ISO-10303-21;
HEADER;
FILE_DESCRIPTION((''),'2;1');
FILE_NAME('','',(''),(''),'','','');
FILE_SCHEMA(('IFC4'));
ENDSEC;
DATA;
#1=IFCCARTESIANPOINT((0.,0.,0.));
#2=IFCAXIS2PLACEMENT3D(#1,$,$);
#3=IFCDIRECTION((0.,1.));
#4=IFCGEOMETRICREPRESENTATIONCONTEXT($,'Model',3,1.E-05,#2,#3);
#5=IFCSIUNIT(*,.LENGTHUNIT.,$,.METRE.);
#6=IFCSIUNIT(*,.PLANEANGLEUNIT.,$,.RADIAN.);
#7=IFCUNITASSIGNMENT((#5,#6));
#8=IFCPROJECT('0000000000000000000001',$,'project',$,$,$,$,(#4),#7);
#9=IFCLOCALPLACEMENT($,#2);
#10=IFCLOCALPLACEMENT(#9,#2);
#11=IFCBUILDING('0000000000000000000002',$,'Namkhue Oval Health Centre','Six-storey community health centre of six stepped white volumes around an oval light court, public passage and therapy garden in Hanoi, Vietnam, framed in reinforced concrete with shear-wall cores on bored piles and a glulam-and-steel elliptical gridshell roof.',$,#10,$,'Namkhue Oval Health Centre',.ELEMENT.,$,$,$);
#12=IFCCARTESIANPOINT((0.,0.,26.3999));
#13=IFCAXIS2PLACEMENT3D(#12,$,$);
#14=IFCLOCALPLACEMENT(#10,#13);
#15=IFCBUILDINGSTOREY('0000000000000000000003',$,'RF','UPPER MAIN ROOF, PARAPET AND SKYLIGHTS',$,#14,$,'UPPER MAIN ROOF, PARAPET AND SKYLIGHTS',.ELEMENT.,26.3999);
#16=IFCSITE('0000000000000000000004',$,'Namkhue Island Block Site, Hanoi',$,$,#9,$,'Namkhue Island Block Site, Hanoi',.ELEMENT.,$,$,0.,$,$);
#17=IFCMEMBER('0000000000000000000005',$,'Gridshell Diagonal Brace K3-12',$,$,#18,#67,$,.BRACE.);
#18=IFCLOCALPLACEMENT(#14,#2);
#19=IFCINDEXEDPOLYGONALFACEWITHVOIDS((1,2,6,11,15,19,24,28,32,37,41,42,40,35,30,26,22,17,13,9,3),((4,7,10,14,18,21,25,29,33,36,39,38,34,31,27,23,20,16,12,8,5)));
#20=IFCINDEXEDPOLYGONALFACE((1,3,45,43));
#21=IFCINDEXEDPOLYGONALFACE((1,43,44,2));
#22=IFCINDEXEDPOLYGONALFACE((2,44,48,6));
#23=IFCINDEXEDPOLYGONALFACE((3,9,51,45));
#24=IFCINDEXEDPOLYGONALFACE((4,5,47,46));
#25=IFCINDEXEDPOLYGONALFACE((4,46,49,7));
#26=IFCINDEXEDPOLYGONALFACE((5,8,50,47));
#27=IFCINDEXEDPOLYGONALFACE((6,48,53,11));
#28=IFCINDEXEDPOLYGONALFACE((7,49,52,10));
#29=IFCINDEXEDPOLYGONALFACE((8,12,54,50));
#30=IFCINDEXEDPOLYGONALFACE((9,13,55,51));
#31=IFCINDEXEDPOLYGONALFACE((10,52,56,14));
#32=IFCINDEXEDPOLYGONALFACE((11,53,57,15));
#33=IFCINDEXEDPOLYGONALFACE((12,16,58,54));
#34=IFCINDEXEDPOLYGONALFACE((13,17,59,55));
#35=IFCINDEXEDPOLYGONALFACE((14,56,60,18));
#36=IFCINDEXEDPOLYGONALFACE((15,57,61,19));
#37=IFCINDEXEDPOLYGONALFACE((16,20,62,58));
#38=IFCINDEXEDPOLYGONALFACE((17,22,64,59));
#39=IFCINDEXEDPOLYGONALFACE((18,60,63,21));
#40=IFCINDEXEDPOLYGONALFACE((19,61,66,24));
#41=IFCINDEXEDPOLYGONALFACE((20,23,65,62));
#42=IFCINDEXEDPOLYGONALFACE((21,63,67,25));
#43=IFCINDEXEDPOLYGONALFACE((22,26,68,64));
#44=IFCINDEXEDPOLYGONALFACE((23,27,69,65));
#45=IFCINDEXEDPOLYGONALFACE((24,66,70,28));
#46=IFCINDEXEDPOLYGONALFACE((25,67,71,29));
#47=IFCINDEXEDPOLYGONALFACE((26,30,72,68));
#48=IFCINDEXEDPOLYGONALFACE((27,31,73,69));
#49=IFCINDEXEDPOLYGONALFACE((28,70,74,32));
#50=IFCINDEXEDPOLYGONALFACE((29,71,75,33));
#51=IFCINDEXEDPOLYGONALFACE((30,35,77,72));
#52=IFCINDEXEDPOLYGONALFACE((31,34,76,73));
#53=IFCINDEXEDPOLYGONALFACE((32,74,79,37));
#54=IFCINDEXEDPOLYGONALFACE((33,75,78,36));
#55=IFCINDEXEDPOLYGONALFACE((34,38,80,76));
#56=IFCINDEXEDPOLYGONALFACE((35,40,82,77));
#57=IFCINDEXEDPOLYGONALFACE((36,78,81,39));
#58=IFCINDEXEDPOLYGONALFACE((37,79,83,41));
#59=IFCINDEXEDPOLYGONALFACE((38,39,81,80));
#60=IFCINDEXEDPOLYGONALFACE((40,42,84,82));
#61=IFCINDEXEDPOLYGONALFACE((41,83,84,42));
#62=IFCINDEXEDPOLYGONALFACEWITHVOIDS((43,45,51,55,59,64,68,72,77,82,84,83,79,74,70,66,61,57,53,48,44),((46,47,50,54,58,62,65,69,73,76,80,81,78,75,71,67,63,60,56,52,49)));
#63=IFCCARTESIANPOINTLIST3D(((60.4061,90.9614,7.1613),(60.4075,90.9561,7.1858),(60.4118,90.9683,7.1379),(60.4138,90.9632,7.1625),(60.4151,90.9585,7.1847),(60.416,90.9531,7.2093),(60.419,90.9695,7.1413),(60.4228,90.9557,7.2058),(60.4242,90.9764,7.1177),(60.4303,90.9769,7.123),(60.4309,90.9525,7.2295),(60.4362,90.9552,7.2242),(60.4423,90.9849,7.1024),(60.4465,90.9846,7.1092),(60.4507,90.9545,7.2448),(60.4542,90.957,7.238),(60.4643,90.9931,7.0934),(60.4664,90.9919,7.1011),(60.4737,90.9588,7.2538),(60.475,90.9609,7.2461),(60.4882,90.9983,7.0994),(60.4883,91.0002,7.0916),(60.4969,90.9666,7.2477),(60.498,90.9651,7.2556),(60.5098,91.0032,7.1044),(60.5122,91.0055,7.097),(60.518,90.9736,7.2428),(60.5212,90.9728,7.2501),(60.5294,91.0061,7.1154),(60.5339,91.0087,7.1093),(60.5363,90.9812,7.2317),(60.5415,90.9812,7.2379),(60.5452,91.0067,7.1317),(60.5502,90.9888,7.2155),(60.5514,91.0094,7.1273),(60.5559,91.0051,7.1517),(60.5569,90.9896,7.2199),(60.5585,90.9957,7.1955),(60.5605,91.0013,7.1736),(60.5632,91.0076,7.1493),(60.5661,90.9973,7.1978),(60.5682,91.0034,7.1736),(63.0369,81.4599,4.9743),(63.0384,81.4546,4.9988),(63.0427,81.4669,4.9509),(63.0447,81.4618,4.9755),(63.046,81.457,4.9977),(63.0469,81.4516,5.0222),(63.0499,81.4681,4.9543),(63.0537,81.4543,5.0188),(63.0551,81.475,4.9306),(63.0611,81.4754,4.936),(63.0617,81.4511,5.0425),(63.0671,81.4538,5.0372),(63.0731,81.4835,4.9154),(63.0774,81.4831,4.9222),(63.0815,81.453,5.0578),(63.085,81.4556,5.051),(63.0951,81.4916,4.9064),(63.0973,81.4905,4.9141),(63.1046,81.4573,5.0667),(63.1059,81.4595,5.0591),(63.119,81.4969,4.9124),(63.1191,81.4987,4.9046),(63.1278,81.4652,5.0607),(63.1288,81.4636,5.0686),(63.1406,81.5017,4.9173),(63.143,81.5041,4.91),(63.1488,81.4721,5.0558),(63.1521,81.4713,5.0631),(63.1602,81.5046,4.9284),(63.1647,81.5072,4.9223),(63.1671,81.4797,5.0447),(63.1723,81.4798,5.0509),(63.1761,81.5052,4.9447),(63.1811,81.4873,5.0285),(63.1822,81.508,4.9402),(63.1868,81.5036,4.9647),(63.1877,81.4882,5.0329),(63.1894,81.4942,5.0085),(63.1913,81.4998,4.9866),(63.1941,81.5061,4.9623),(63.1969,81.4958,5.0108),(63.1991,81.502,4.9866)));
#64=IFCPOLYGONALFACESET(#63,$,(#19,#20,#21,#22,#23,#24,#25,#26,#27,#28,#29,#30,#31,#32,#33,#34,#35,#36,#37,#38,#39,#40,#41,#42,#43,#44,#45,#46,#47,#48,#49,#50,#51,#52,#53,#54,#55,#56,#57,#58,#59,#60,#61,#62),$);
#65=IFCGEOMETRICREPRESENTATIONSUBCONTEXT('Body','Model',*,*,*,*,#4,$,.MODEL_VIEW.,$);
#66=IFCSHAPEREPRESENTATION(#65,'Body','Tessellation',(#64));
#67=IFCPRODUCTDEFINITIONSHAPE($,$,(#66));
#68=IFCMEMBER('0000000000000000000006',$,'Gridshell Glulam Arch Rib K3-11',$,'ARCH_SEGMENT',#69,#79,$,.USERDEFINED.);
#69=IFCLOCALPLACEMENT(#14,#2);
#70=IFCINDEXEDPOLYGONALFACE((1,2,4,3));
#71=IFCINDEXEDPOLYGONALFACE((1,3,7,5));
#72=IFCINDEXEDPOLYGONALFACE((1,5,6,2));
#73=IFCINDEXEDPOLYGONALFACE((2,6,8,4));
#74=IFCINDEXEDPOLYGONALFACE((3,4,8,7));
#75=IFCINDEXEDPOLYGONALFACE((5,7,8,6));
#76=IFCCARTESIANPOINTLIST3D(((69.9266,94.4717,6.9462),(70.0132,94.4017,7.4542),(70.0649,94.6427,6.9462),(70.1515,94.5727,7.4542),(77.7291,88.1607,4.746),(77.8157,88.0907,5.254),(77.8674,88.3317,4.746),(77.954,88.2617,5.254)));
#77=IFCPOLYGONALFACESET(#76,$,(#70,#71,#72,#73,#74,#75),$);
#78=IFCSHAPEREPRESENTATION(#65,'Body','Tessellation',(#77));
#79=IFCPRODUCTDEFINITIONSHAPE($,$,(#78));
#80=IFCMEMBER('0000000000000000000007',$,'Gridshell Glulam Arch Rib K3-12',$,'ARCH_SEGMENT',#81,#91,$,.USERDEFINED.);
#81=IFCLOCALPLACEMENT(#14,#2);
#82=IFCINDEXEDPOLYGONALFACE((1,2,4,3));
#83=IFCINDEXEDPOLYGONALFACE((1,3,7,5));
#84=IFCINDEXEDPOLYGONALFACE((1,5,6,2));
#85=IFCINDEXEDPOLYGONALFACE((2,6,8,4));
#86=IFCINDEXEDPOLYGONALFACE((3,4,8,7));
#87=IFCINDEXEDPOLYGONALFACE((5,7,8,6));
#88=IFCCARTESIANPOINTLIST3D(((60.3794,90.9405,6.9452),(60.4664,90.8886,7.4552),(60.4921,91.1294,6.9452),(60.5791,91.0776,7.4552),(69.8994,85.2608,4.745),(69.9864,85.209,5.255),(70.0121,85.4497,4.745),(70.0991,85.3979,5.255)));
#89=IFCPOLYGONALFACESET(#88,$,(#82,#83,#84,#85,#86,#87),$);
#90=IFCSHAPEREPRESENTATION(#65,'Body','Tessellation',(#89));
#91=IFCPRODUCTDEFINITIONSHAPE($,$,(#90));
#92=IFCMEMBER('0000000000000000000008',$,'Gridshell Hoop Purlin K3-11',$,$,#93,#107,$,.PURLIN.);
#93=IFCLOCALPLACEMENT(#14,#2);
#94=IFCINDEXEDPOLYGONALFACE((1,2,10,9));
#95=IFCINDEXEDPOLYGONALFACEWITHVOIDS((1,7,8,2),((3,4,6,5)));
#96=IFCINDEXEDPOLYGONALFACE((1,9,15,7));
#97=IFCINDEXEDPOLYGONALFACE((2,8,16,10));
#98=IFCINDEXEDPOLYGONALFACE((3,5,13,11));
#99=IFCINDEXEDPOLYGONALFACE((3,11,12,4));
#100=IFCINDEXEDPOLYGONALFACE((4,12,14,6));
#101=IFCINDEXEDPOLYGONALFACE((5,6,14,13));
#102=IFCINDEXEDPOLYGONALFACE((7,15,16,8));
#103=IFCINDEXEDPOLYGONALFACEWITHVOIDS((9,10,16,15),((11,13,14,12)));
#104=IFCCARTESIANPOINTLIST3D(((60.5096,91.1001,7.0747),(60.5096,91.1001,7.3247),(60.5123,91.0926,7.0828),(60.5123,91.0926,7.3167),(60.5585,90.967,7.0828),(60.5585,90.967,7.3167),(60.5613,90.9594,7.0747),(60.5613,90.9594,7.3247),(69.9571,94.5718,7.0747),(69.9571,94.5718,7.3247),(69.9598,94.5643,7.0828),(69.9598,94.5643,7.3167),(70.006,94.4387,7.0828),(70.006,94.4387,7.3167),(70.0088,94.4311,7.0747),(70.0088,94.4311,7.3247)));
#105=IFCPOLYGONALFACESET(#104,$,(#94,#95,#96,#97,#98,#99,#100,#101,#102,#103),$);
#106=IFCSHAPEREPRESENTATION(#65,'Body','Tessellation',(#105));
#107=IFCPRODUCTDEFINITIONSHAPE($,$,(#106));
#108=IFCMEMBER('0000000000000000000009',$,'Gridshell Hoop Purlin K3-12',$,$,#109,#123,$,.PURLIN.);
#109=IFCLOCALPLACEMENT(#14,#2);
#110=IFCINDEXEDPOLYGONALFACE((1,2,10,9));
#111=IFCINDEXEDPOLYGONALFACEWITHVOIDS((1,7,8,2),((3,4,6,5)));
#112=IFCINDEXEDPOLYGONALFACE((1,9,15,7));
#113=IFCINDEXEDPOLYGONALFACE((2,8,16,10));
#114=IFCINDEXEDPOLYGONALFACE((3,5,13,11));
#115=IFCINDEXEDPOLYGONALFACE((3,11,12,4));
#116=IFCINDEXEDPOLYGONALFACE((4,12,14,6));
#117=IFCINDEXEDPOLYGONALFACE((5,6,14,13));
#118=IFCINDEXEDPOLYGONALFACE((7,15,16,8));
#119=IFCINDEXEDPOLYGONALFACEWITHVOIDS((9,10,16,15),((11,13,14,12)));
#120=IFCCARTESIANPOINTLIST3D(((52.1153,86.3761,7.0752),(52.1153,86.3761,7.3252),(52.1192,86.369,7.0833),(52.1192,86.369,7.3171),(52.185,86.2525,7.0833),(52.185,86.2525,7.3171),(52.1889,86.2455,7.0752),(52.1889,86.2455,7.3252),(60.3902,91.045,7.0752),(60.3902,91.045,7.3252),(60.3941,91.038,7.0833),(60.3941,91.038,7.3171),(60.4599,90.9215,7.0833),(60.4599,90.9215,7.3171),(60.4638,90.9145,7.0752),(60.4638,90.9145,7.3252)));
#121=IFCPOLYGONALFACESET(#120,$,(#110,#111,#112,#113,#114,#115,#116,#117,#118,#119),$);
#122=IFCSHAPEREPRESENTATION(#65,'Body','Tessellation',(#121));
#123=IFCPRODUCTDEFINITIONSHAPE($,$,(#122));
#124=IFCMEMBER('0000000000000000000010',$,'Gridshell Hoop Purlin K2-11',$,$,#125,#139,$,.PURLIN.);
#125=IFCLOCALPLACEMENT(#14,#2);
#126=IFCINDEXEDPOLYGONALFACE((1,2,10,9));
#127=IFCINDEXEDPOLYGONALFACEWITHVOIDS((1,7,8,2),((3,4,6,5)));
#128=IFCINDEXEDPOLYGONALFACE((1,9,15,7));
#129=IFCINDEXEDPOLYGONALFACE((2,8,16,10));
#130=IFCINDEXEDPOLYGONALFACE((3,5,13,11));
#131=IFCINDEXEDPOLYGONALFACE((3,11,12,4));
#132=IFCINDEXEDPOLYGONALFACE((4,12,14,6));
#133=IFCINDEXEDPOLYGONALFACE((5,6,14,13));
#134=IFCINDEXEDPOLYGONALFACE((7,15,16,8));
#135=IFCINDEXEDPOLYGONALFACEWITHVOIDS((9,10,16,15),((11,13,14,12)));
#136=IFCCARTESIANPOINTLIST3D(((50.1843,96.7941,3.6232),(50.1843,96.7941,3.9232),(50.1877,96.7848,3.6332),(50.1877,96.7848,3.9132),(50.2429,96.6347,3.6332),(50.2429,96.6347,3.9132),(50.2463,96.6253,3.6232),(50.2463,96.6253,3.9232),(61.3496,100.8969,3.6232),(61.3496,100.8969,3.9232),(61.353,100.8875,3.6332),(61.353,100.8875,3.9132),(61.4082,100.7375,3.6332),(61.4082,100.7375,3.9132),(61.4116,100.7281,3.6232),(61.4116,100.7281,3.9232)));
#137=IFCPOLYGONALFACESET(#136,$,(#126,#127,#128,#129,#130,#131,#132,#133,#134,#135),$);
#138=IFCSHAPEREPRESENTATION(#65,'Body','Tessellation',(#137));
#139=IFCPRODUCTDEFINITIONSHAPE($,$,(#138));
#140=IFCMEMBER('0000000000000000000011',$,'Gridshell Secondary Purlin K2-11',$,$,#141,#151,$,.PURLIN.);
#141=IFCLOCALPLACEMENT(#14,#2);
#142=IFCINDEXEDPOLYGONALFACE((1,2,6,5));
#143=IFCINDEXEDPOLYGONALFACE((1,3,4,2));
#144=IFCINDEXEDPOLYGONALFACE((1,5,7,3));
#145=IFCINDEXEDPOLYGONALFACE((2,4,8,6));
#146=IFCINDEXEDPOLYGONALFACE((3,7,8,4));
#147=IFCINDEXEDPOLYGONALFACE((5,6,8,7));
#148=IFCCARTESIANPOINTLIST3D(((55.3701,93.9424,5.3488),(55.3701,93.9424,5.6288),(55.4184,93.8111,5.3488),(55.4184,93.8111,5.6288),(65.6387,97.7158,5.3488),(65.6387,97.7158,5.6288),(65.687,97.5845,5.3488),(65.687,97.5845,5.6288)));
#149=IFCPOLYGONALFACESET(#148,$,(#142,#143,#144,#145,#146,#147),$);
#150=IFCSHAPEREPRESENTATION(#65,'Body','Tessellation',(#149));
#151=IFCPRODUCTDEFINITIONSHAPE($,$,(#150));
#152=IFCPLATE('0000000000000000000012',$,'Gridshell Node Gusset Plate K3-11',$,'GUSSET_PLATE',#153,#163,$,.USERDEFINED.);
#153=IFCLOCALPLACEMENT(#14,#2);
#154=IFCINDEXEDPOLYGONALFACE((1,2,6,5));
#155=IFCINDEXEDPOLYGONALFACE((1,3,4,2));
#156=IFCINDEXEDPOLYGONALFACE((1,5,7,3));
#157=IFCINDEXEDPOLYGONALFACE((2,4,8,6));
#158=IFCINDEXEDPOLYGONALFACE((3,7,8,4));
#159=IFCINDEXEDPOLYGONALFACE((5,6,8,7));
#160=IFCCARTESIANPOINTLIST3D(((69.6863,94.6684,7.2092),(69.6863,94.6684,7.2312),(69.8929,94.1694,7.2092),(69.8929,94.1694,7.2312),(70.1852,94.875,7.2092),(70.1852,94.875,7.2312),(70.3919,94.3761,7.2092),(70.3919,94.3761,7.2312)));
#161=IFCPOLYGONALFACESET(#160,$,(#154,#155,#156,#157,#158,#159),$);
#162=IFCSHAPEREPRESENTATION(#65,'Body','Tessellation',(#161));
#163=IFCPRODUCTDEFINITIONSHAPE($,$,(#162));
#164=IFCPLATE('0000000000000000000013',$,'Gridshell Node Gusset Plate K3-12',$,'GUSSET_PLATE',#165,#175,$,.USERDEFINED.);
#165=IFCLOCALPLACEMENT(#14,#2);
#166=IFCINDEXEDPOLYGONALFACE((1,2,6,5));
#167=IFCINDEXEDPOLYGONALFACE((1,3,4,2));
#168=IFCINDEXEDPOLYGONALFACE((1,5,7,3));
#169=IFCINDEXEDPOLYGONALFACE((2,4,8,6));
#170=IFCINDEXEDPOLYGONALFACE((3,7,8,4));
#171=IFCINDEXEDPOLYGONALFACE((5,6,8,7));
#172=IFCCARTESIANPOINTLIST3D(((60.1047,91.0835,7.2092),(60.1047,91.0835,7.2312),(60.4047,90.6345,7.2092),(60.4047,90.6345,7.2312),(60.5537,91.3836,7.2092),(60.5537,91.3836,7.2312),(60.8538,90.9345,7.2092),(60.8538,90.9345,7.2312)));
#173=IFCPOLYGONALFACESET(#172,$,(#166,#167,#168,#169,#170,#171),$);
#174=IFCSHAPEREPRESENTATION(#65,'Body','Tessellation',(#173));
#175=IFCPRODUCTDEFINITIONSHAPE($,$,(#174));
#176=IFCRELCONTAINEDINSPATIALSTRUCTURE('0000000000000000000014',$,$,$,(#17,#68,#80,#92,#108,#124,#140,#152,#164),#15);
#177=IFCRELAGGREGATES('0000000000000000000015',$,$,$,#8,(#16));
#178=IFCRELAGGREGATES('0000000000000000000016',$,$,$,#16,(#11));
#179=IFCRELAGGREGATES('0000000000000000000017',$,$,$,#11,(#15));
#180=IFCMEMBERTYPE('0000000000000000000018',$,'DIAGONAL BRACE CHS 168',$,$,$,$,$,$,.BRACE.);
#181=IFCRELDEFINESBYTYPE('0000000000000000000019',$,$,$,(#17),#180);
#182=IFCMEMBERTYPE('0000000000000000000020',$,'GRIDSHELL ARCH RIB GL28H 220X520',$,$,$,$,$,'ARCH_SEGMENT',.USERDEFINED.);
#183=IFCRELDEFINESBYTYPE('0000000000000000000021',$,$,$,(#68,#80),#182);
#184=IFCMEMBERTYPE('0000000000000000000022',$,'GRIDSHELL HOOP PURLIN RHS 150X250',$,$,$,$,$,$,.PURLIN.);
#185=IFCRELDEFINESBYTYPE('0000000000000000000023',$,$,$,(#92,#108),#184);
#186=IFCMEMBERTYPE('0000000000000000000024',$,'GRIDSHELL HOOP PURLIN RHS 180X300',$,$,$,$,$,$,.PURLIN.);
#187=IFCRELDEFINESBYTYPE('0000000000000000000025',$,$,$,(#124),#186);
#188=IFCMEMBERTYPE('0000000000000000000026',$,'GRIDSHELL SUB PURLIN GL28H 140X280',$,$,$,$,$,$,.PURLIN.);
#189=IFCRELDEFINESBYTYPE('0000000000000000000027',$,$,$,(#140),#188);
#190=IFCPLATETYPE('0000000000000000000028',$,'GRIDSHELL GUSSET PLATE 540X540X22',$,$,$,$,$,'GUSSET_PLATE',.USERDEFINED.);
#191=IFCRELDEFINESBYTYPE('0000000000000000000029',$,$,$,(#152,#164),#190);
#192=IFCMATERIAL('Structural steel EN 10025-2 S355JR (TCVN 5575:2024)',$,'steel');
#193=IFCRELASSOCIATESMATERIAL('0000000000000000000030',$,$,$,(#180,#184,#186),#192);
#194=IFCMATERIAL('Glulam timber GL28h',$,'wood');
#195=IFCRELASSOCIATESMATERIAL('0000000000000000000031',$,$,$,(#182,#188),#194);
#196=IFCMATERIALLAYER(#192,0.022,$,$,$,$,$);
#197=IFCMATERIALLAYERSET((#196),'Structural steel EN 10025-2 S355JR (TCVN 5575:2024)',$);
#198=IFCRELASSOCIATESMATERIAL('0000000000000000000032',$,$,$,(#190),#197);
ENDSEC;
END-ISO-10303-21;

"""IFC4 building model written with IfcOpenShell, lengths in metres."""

from ifc_helpers import new_model, si_unit, direction, frame, origin, origin_2d, place, context, subcontext, project, spatial, rectangle, hollow_rectangle, hollow_circle, extrude, material, layer, layer_set, material_profile, profile_set, type_object, element, save


model = new_model("IFC4")

# Units and contexts
model_context = context("Model", 3, precision=1e-05, world=origin(), true_north=direction((0.0, 1.0)))
body_context = subcontext(model_context, "Body", "Model", "MODEL_VIEW")
ifc_project = project(units=[si_unit("LENGTHUNIT", "METRE"), si_unit("PLANEANGLEUNIT", "RADIAN")], contexts=[model_context])

# Site, building, storey
site_placement = place(None, origin())
site = spatial("IfcSite", under=ifc_project, at=site_placement, Name="Namkhue Island Block Site, Hanoi", LongName="Namkhue Island Block Site, Hanoi", CompositionType="ELEMENT", RefElevation=0.0)
building_placement = place(site_placement, origin())
building = spatial("IfcBuilding", under=site, at=building_placement, Name="Namkhue Oval Health Centre", Description="Six-storey community health centre of six stepped white volumes around an oval light court, public passage and therapy garden in Hanoi, Vietnam, framed in reinforced concrete with shear-wall cores on bored piles and a glulam-and-steel elliptical gridshell roof.", LongName="Namkhue Oval Health Centre", CompositionType="ELEMENT")
storey_placement = place(building_placement, frame((0.0, 0.0, 26.3999)))
storey = spatial("IfcBuildingStorey", under=building, at=storey_placement, Name="RF", Description="UPPER MAIN ROOF, PARAPET AND SKYLIGHTS", LongName="UPPER MAIN ROOF, PARAPET AND SKYLIGHTS", CompositionType="ELEMENT", Elevation=26.3999)

# Members
ifc_material_1 = material(Name="Structural steel EN 10025-2 S355JR (TCVN 5575:2024)", Category="steel")
ifc_material_profile_1 = material_profile(ifc_material_1, hollow_circle(Radius=0.0842, WallThickness=0.0081, at=origin_2d()), Name="CHS 168.3x8")
ifc_profile_set_1 = profile_set([ifc_material_profile_1], Name="Structural steel EN 10025-2 S355JR (TCVN 5575:2024)")
member_type_1 = type_object("IfcMemberType", Name="DIAGONAL BRACE CHS 168", PredefinedType="BRACE", material=ifc_profile_set_1)
member_1_placement = place(storey_placement, frame((60.4871, 90.981, 7.1736), z_axis=(0.260517, -0.940867, -0.216565), x_axis=(0.963738, 0.266849, 0.0)))
element("IfcMember", 1, at=member_1_placement, inside=storey, type_object=member_type_1, Name="Gridshell Diagonal Brace K3-12", PredefinedType="BRACE", context=body_context, shape_type="SweptSolid", body=[
    extrude(hollow_circle(Radius=0.0842, WallThickness=0.0081, at=origin_2d()), origin(), (0.0, 0.0, 1.0), 10.0986),
])
ifc_material_2 = material(Name="Glulam timber GL28h", Category="wood")
ifc_material_profile_2 = material_profile(ifc_material_2, rectangle(XDim=0.22, YDim=0.52, at=origin_2d()), Name="GL28h 220x520")
ifc_profile_set_2 = profile_set([ifc_material_profile_2], Name="Glulam timber GL28h")
member_type_2 = type_object("IfcMemberType", Name="GRIDSHELL ARCH RIB GL28H 220X520", ElementType="ARCH_SEGMENT", PredefinedType="USERDEFINED", material=ifc_profile_set_2)
member_2_placement = place(storey_placement, frame((70.0391, 94.5222, 7.2002), z_axis=(0.759463, -0.61429, -0.214158), x_axis=(0.628881, 0.777501, 0.0)))
element("IfcMember", 2, at=member_2_placement, inside=storey, type_object=member_type_2, Name="Gridshell Glulam Arch Rib K3-11", ObjectType="ARCH_SEGMENT", PredefinedType="USERDEFINED", context=body_context, shape_type="SweptSolid", body=[
    extrude(rectangle(XDim=0.22, YDim=0.52, at=origin_2d()), origin(), (0.0, 0.0, 1.0), 10.2737),
])
member_3_placement = place(storey_placement, frame((60.4792, 91.009, 7.2002), z_axis=(0.842346, -0.502548, -0.194677), x_axis=(0.51235, 0.858777, 0.0)))
element("IfcMember", 3, at=member_3_placement, inside=storey, type_object=member_type_2, Name="Gridshell Glulam Arch Rib K3-12", ObjectType="ARCH_SEGMENT", PredefinedType="USERDEFINED", context=body_context, shape_type="SweptSolid", body=[
    extrude(rectangle(XDim=0.22, YDim=0.52, at=origin_2d()), origin(), (0.0, 0.0, 1.0), 11.3018),
])
ifc_material_profile_3 = material_profile(ifc_material_1, hollow_rectangle(XDim=0.1499, YDim=0.25, WallThickness=0.0081, at=origin_2d()), Name="RHS 150x250x8")
ifc_profile_set_3 = profile_set([ifc_material_profile_3], Name="Structural steel EN 10025-2 S355JR (TCVN 5575:2024)")
member_type_3 = type_object("IfcMemberType", Name="GRIDSHELL HOOP PURLIN RHS 150X250", PredefinedType="PURLIN", material=ifc_profile_set_3)
member_4_placement = place(storey_placement, frame((69.9829, 94.5015, 7.1997), z_axis=(-0.938632, -0.34492, 0.0), x_axis=(0.34492, -0.938632, 0.0)))
element("IfcMember", 4, at=member_4_placement, inside=storey, type_object=member_type_3, Name="Gridshell Hoop Purlin K3-11", PredefinedType="PURLIN", context=body_context, shape_type="SweptSolid", body=[
    extrude(hollow_rectangle(XDim=0.1499, YDim=0.25, WallThickness=0.0081, at=origin_2d()), origin(), (0.0, 0.0, 1.0), 10.0652),
])
member_5_placement = place(storey_placement, frame((60.427, 90.9797, 7.2002), z_axis=(-0.870931, -0.491405, 0.0), x_axis=(0.491405, -0.870931, 0.0)))
element("IfcMember", 5, at=member_5_placement, inside=storey, type_object=member_type_3, Name="Gridshell Hoop Purlin K3-12", PredefinedType="PURLIN", context=body_context, shape_type="SweptSolid", body=[
    extrude(hollow_rectangle(XDim=0.1499, YDim=0.25, WallThickness=0.0081, at=origin_2d()), origin(), (0.0, 0.0, 1.0), 9.5012),
])
ifc_material_profile_4 = material_profile(ifc_material_1, hollow_rectangle(XDim=0.1799, YDim=0.3, WallThickness=0.01, at=origin_2d()), Name="RHS 180x300x10")
ifc_profile_set_4 = profile_set([ifc_material_profile_4], Name="Structural steel EN 10025-2 S355JR (TCVN 5575:2024)")
member_type_4 = type_object("IfcMemberType", Name="GRIDSHELL HOOP PURLIN RHS 180X300", PredefinedType="PURLIN", material=ifc_profile_set_4)
member_6_placement = place(storey_placement, frame((61.3806, 100.8125, 3.7732), z_axis=(-0.938636, -0.34491, 0.0), x_axis=(0.34491, -0.938636, 0.0)))
element("IfcMember", 6, at=member_6_placement, inside=storey, type_object=member_type_4, Name="Gridshell Hoop Purlin K2-11", PredefinedType="PURLIN", context=body_context, shape_type="SweptSolid", body=[
    extrude(hollow_rectangle(XDim=0.1799, YDim=0.3, WallThickness=0.01, at=origin_2d()), origin(), (0.0, 0.0, 1.0), 11.8953),
])
ifc_material_profile_5 = material_profile(ifc_material_2, rectangle(XDim=0.1399, YDim=0.28, at=origin_2d()), Name="GL28h 140x280")
ifc_profile_set_5 = profile_set([ifc_material_profile_5], Name="Glulam timber GL28h")
member_type_5 = type_object("IfcMemberType", Name="GRIDSHELL SUB PURLIN GL28H 140X280", PredefinedType="PURLIN", material=ifc_profile_set_5)
member_7_placement = place(storey_placement, frame((65.6628, 97.6501, 5.4888), z_axis=(-0.938631, -0.344923, 0.0), x_axis=(0.344923, -0.938631, 0.0)))
element("IfcMember", 7, at=member_7_placement, inside=storey, type_object=member_type_5, Name="Gridshell Secondary Purlin K2-11", PredefinedType="PURLIN", context=body_context, shape_type="SweptSolid", body=[
    extrude(rectangle(XDim=0.1399, YDim=0.28, at=origin_2d()), origin(), (0.0, 0.0, 1.0), 10.9399),
])

# Plates
ifc_layer_1 = layer(ifc_material_1, 0.022)
ifc_layer_set_1 = layer_set([ifc_layer_1], Name="Structural steel EN 10025-2 S355JR (TCVN 5575:2024)")
plate_type = type_object("IfcPlateType", Name="GRIDSHELL GUSSET PLATE 540X540X22", ElementType="GUSSET_PLATE", PredefinedType="USERDEFINED", material=ifc_layer_set_1)
for number, where, z_axis, x_axis, name in (
    (8, (70.0391, 94.5222, 7.2092), (0.0, 0.0, 1.0), (-0.382683, 0.92388, 0.0), "Gridshell Node Gusset Plate K3-11"),
    (9, (60.4792, 91.009, 7.2092), (0.0, 0.0, 1.0), (-0.55557, 0.83147, 0.0), "Gridshell Node Gusset Plate K3-12"),
):
    element("IfcPlate", number, at=place(storey_placement, frame(where, z_axis=z_axis, x_axis=x_axis)), inside=storey, type_object=plate_type, Name=name, ObjectType="GUSSET_PLATE", PredefinedType="USERDEFINED", context=body_context, shape_type="SweptSolid", body=[
        extrude(rectangle(XDim=0.54, YDim=0.54, at=origin_2d()), origin(), (0.0, 0.0, 1.0), 0.022),
    ])

save(model, "model.ifc")
